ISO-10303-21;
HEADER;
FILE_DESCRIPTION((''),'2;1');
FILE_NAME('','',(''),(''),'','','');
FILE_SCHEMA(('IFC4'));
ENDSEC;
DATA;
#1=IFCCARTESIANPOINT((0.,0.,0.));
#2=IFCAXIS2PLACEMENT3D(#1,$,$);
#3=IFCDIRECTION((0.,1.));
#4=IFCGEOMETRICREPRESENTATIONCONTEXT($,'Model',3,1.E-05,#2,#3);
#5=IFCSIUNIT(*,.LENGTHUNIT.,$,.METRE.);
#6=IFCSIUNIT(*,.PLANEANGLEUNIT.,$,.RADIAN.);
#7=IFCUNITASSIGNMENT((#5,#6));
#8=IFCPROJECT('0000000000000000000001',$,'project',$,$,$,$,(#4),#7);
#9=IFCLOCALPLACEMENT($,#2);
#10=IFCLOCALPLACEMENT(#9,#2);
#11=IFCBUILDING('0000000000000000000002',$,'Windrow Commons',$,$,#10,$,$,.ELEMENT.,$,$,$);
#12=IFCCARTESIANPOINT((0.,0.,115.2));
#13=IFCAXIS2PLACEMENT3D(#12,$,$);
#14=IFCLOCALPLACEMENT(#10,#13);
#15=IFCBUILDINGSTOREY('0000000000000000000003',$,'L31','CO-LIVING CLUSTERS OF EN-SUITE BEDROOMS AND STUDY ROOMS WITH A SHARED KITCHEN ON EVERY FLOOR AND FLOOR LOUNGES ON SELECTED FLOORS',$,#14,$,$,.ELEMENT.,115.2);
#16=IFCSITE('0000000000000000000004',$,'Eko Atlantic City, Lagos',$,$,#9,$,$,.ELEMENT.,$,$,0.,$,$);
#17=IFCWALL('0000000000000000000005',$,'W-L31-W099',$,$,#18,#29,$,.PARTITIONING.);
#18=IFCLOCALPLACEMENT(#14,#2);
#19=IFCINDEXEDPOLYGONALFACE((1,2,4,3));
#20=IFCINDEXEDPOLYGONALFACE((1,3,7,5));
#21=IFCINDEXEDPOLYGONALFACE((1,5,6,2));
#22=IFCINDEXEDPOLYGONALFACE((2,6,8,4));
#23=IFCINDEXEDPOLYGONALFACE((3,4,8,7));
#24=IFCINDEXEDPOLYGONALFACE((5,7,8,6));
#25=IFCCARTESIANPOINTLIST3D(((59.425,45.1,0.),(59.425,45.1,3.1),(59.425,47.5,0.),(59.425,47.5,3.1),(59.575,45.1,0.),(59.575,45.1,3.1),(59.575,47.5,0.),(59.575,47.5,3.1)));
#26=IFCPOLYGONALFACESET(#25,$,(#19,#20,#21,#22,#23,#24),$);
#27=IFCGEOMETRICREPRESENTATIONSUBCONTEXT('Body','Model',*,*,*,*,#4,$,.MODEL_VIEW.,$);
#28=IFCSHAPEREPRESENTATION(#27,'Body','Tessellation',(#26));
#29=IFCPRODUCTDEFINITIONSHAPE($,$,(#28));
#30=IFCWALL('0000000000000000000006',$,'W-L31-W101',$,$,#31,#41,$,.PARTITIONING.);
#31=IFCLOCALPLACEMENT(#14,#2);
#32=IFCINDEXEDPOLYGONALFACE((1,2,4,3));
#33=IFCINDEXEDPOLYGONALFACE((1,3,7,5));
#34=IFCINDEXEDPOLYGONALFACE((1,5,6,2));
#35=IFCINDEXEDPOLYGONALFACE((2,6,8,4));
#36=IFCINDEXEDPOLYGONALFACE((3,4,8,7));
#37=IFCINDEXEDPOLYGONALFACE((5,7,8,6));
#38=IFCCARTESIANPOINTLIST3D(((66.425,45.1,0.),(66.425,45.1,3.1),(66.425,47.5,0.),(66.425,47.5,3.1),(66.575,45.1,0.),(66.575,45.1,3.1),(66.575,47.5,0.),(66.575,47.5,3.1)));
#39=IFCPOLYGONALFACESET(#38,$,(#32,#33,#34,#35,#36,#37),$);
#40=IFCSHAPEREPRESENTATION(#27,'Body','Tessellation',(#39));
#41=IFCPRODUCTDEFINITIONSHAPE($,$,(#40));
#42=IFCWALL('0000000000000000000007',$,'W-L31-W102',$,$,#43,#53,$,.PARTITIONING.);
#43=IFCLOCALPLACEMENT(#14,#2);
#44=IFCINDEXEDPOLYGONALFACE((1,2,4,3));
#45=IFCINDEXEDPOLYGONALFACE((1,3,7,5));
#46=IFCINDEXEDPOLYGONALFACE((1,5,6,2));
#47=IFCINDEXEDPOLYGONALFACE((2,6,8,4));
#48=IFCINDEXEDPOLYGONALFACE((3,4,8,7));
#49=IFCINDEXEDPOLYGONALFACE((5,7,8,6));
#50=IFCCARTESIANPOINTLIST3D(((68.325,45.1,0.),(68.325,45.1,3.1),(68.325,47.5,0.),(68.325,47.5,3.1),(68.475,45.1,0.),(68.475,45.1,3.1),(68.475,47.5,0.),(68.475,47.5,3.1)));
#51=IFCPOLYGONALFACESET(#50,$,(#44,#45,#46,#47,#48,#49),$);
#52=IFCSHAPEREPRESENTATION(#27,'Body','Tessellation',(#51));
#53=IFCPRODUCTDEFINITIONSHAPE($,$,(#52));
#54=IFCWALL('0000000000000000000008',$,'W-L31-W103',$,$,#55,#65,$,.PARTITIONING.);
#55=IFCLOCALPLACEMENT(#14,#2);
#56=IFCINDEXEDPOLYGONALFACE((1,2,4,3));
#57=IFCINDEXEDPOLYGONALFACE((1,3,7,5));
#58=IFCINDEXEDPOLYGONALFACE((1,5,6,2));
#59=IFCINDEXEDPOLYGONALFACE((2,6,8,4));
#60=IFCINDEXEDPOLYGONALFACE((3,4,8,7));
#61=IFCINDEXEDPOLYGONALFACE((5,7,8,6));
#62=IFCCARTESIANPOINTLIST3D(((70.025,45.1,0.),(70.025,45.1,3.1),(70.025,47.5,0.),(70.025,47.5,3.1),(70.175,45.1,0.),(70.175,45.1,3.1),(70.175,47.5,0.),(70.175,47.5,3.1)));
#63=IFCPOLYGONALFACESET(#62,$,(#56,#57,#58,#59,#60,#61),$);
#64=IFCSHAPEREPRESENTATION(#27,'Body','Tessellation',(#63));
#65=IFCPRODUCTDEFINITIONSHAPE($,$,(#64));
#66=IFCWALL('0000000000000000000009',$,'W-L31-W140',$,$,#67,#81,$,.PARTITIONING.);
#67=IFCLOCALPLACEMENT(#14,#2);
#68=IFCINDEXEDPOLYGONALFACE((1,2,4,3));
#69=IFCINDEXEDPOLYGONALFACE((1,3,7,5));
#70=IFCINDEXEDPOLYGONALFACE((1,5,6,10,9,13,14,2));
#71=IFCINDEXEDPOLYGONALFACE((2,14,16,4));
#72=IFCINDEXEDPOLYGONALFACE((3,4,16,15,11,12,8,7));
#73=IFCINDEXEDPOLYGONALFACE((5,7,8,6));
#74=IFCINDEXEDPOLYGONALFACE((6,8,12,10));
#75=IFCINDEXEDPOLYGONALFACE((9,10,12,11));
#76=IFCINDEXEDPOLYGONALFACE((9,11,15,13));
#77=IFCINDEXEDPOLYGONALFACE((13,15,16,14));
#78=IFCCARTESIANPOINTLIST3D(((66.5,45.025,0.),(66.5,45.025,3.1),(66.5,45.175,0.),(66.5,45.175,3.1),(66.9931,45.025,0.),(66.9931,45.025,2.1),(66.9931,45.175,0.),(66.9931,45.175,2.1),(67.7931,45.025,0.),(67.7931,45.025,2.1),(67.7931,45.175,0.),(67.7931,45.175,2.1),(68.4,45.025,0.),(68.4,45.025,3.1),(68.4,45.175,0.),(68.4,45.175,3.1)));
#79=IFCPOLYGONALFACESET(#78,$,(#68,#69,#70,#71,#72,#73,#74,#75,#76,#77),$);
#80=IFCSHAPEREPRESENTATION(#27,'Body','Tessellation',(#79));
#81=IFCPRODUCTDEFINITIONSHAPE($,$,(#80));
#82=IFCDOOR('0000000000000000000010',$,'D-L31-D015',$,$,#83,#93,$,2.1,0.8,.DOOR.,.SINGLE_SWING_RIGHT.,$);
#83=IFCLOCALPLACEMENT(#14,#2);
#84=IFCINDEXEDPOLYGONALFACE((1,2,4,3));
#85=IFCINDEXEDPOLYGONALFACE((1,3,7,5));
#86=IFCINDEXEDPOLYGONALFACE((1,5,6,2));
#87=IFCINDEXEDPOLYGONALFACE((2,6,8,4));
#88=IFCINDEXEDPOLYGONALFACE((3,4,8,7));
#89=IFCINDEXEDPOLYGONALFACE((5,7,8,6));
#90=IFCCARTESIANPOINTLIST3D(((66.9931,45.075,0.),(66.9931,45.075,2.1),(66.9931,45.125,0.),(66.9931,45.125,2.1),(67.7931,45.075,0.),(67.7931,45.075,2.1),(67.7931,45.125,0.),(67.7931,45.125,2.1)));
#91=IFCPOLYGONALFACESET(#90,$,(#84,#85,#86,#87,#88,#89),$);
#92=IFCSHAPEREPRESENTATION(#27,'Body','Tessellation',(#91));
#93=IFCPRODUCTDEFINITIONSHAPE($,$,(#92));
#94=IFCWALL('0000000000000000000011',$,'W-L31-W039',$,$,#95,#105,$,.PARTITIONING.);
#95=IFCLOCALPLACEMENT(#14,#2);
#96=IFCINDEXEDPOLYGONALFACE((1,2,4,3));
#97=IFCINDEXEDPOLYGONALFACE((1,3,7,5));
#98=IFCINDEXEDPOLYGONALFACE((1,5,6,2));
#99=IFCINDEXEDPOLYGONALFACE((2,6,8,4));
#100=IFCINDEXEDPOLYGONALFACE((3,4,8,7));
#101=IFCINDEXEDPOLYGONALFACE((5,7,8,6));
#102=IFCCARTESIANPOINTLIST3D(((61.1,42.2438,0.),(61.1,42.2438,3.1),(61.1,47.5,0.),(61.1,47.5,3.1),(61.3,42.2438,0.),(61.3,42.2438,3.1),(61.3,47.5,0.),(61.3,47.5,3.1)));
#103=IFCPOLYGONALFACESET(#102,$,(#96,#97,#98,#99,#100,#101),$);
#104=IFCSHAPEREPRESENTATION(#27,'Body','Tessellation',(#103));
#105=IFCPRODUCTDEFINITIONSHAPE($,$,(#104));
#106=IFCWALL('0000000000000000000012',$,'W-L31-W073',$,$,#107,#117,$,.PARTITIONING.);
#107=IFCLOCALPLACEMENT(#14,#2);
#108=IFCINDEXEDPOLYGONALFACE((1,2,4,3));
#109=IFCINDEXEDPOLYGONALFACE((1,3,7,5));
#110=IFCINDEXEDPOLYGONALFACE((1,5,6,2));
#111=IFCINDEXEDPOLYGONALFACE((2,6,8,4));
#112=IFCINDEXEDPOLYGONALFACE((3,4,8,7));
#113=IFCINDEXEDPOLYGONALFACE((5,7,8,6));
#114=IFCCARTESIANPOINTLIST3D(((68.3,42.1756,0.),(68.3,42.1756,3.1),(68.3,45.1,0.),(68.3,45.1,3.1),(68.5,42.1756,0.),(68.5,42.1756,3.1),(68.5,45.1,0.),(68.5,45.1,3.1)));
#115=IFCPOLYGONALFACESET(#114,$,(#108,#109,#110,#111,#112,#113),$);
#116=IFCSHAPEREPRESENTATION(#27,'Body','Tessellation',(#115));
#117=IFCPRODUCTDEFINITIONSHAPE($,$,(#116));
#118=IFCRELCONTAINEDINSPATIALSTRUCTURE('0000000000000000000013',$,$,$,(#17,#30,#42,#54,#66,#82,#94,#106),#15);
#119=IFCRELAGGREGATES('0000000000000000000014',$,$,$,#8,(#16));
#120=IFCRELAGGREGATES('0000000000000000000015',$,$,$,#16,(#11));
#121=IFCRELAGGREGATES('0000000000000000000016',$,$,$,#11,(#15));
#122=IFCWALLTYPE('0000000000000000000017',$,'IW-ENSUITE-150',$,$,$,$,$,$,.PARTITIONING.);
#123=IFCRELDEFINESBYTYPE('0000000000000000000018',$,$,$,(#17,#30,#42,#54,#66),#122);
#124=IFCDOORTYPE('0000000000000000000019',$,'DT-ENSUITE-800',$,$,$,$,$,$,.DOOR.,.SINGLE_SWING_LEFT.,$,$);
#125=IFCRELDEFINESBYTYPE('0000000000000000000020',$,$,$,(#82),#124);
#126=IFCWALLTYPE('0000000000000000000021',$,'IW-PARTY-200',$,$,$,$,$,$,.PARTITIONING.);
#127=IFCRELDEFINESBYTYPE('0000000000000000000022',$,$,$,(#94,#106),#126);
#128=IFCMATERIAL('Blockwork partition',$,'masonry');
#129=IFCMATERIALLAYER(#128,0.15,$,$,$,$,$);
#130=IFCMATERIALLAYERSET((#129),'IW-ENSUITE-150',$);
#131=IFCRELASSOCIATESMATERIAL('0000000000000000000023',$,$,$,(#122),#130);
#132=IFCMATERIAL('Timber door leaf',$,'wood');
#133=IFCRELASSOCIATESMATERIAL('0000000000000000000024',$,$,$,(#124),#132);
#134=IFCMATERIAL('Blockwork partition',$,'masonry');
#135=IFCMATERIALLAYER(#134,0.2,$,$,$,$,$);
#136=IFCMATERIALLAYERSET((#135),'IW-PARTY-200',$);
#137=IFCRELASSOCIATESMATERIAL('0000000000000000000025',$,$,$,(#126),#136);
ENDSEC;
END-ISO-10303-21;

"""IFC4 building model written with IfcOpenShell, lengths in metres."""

from ifc_helpers import new_model, si_unit, direction, frame, frame_2d, origin, place, context, subcontext, project, spatial, rectangle, extrude, material, layer, layer_set, type_object, element, fill, save


model = new_model("IFC4")

# Units and contexts
model_context = context("Model", 3, precision=1e-05, world=origin(), true_north=direction((0.0, 1.0)))
body_context = subcontext(model_context, "Body", "Model", "MODEL_VIEW")
ifc_project = project(units=[si_unit("LENGTHUNIT", "METRE"), si_unit("PLANEANGLEUNIT", "RADIAN")], contexts=[model_context])

# Site, building, storey
site_placement = place(None, origin())
site = spatial("IfcSite", under=ifc_project, at=site_placement, Name="Eko Atlantic City, Lagos", CompositionType="ELEMENT", RefElevation=0.0)
building_placement = place(site_placement, origin())
building = spatial("IfcBuilding", under=site, at=building_placement, Name="Windrow Commons", CompositionType="ELEMENT")
storey_placement = place(building_placement, frame((0.0, 0.0, 115.2)))
storey = spatial("IfcBuildingStorey", under=building, at=storey_placement, Name="L31", Description="CO-LIVING CLUSTERS OF EN-SUITE BEDROOMS AND STUDY ROOMS WITH A SHARED KITCHEN ON EVERY FLOOR AND FLOOR LOUNGES ON SELECTED FLOORS", CompositionType="ELEMENT", Elevation=115.2)

# Walls
ifc_material_1 = material(Name="Blockwork partition", Category="masonry")
ifc_layer_1 = layer(ifc_material_1, 0.15)
ifc_layer_set_1 = layer_set([ifc_layer_1], Name="IW-ENSUITE-150")
wall_type_1 = type_object("IfcWallType", Name="IW-ENSUITE-150", PredefinedType="PARTITIONING", material=ifc_layer_set_1)
for number, where, z_axis, x_axis, name in (
    (1, (59.5, 45.1, 0.0), (0.0, 0.0, 1.0), (0.0, 1.0, 0.0), "W-L31-W099"),
    (2, (66.5, 45.1, 0.0), (0.0, 0.0, 1.0), (0.0, 1.0, 0.0), "W-L31-W101"),
    (3, (68.4, 45.1, 0.0), (0.0, 0.0, 1.0), (0.0, 1.0, 0.0), "W-L31-W102"),
    (4, (70.1, 45.1, 0.0), (0.0, 0.0, 1.0), (0.0, 1.0, 0.0), "W-L31-W103"),
):
    element("IfcWall", number, at=place(storey_placement, frame(where, z_axis=z_axis, x_axis=x_axis)), inside=storey, type_object=wall_type_1, Name=name, PredefinedType="PARTITIONING", context=body_context, shape_type="SweptSolid", body=[
        extrude(rectangle(XDim=2.4, YDim=0.15, at=frame_2d((1.2, 0.0))), origin(), (0.0, 0.0, 1.0), 3.1),
    ])

# Wall, opening, door
wall_1_placement = place(storey_placement, frame((66.5, 45.1, 0.0), z_axis=(0.0, 0.0, 1.0), x_axis=(1.0, 0.0, 0.0)))
wall_1 = element("IfcWall", 5, at=wall_1_placement, inside=storey, type_object=wall_type_1, Name="W-L31-W140", PredefinedType="PARTITIONING", context=body_context, shape_type="SweptSolid", body=[
    extrude(rectangle(XDim=1.9, YDim=0.15, at=frame_2d((0.95, 0.0))), origin(), (0.0, 0.0, 1.0), 3.1),
])
opening_1_placement = place(wall_1_placement, frame((0.4931, 0.0, 0.0)))
opening_1 = element("IfcOpeningElement", 6, at=opening_1_placement, cuts=wall_1, PredefinedType="OPENING", context=body_context, shape_type="SweptSolid", body=[
    extrude(rectangle(XDim=0.8, YDim=2.1, at=frame_2d((0.4, 1.05))), frame((0.0, 0.085, 0.0), z_axis=(0.0, -1.0, 0.0), x_axis=(1.0, 0.0, 0.0)), (0.0, 0.0, 1.0), 0.17),
])
ifc_material_2 = material(Name="Timber door leaf", Category="wood")
door_type = type_object("IfcDoorType", Name="DT-ENSUITE-800", OperationType="SINGLE_SWING_LEFT", PredefinedType="DOOR", material=ifc_material_2)
door_placement = place(opening_1_placement, origin())
door = element("IfcDoor", 7, at=door_placement, inside=storey, type_object=door_type, Name="D-L31-D015", OperationType="SINGLE_SWING_RIGHT", OverallHeight=2.1, OverallWidth=0.8, PredefinedType="DOOR", context=body_context, shape_type="SweptSolid", body=[
    extrude(rectangle(XDim=0.8, YDim=2.1, at=frame_2d((0.4, 1.05))), frame((0.0, 0.025, 0.0), z_axis=(0.0, -1.0, 0.0), x_axis=(1.0, 0.0, 0.0)), (0.0, 0.0, 1.0), 0.05),
])
fill(opening_1, door)

# Walls
ifc_material_3 = material(Name="Blockwork partition", Category="masonry")
ifc_layer_2 = layer(ifc_material_3, 0.2)
ifc_layer_set_2 = layer_set([ifc_layer_2], Name="IW-PARTY-200")
wall_type_2 = type_object("IfcWallType", Name="IW-PARTY-200", PredefinedType="PARTITIONING", material=ifc_layer_set_2)
wall_2_placement = place(storey_placement, frame((61.2, 42.2438, 0.0), z_axis=(0.0, 0.0, 1.0), x_axis=(0.0, 1.0, 0.0)))
element("IfcWall", 8, at=wall_2_placement, inside=storey, type_object=wall_type_2, Name="W-L31-W039", PredefinedType="PARTITIONING", context=body_context, shape_type="SweptSolid", body=[
    extrude(rectangle(XDim=5.2562, YDim=0.2, at=frame_2d((2.6281, 0.0))), origin(), (0.0, 0.0, 1.0), 3.1),
])
wall_3_placement = place(storey_placement, frame((68.4, 42.1756, 0.0), z_axis=(0.0, 0.0, 1.0), x_axis=(0.0, 1.0, 0.0)))
element("IfcWall", 9, at=wall_3_placement, inside=storey, type_object=wall_type_2, Name="W-L31-W073", PredefinedType="PARTITIONING", context=body_context, shape_type="SweptSolid", body=[
    extrude(rectangle(XDim=2.9244, YDim=0.2, at=frame_2d((1.4622, 0.0))), origin(), (0.0, 0.0, 1.0), 3.1),
])

save(model, "model.ifc")
